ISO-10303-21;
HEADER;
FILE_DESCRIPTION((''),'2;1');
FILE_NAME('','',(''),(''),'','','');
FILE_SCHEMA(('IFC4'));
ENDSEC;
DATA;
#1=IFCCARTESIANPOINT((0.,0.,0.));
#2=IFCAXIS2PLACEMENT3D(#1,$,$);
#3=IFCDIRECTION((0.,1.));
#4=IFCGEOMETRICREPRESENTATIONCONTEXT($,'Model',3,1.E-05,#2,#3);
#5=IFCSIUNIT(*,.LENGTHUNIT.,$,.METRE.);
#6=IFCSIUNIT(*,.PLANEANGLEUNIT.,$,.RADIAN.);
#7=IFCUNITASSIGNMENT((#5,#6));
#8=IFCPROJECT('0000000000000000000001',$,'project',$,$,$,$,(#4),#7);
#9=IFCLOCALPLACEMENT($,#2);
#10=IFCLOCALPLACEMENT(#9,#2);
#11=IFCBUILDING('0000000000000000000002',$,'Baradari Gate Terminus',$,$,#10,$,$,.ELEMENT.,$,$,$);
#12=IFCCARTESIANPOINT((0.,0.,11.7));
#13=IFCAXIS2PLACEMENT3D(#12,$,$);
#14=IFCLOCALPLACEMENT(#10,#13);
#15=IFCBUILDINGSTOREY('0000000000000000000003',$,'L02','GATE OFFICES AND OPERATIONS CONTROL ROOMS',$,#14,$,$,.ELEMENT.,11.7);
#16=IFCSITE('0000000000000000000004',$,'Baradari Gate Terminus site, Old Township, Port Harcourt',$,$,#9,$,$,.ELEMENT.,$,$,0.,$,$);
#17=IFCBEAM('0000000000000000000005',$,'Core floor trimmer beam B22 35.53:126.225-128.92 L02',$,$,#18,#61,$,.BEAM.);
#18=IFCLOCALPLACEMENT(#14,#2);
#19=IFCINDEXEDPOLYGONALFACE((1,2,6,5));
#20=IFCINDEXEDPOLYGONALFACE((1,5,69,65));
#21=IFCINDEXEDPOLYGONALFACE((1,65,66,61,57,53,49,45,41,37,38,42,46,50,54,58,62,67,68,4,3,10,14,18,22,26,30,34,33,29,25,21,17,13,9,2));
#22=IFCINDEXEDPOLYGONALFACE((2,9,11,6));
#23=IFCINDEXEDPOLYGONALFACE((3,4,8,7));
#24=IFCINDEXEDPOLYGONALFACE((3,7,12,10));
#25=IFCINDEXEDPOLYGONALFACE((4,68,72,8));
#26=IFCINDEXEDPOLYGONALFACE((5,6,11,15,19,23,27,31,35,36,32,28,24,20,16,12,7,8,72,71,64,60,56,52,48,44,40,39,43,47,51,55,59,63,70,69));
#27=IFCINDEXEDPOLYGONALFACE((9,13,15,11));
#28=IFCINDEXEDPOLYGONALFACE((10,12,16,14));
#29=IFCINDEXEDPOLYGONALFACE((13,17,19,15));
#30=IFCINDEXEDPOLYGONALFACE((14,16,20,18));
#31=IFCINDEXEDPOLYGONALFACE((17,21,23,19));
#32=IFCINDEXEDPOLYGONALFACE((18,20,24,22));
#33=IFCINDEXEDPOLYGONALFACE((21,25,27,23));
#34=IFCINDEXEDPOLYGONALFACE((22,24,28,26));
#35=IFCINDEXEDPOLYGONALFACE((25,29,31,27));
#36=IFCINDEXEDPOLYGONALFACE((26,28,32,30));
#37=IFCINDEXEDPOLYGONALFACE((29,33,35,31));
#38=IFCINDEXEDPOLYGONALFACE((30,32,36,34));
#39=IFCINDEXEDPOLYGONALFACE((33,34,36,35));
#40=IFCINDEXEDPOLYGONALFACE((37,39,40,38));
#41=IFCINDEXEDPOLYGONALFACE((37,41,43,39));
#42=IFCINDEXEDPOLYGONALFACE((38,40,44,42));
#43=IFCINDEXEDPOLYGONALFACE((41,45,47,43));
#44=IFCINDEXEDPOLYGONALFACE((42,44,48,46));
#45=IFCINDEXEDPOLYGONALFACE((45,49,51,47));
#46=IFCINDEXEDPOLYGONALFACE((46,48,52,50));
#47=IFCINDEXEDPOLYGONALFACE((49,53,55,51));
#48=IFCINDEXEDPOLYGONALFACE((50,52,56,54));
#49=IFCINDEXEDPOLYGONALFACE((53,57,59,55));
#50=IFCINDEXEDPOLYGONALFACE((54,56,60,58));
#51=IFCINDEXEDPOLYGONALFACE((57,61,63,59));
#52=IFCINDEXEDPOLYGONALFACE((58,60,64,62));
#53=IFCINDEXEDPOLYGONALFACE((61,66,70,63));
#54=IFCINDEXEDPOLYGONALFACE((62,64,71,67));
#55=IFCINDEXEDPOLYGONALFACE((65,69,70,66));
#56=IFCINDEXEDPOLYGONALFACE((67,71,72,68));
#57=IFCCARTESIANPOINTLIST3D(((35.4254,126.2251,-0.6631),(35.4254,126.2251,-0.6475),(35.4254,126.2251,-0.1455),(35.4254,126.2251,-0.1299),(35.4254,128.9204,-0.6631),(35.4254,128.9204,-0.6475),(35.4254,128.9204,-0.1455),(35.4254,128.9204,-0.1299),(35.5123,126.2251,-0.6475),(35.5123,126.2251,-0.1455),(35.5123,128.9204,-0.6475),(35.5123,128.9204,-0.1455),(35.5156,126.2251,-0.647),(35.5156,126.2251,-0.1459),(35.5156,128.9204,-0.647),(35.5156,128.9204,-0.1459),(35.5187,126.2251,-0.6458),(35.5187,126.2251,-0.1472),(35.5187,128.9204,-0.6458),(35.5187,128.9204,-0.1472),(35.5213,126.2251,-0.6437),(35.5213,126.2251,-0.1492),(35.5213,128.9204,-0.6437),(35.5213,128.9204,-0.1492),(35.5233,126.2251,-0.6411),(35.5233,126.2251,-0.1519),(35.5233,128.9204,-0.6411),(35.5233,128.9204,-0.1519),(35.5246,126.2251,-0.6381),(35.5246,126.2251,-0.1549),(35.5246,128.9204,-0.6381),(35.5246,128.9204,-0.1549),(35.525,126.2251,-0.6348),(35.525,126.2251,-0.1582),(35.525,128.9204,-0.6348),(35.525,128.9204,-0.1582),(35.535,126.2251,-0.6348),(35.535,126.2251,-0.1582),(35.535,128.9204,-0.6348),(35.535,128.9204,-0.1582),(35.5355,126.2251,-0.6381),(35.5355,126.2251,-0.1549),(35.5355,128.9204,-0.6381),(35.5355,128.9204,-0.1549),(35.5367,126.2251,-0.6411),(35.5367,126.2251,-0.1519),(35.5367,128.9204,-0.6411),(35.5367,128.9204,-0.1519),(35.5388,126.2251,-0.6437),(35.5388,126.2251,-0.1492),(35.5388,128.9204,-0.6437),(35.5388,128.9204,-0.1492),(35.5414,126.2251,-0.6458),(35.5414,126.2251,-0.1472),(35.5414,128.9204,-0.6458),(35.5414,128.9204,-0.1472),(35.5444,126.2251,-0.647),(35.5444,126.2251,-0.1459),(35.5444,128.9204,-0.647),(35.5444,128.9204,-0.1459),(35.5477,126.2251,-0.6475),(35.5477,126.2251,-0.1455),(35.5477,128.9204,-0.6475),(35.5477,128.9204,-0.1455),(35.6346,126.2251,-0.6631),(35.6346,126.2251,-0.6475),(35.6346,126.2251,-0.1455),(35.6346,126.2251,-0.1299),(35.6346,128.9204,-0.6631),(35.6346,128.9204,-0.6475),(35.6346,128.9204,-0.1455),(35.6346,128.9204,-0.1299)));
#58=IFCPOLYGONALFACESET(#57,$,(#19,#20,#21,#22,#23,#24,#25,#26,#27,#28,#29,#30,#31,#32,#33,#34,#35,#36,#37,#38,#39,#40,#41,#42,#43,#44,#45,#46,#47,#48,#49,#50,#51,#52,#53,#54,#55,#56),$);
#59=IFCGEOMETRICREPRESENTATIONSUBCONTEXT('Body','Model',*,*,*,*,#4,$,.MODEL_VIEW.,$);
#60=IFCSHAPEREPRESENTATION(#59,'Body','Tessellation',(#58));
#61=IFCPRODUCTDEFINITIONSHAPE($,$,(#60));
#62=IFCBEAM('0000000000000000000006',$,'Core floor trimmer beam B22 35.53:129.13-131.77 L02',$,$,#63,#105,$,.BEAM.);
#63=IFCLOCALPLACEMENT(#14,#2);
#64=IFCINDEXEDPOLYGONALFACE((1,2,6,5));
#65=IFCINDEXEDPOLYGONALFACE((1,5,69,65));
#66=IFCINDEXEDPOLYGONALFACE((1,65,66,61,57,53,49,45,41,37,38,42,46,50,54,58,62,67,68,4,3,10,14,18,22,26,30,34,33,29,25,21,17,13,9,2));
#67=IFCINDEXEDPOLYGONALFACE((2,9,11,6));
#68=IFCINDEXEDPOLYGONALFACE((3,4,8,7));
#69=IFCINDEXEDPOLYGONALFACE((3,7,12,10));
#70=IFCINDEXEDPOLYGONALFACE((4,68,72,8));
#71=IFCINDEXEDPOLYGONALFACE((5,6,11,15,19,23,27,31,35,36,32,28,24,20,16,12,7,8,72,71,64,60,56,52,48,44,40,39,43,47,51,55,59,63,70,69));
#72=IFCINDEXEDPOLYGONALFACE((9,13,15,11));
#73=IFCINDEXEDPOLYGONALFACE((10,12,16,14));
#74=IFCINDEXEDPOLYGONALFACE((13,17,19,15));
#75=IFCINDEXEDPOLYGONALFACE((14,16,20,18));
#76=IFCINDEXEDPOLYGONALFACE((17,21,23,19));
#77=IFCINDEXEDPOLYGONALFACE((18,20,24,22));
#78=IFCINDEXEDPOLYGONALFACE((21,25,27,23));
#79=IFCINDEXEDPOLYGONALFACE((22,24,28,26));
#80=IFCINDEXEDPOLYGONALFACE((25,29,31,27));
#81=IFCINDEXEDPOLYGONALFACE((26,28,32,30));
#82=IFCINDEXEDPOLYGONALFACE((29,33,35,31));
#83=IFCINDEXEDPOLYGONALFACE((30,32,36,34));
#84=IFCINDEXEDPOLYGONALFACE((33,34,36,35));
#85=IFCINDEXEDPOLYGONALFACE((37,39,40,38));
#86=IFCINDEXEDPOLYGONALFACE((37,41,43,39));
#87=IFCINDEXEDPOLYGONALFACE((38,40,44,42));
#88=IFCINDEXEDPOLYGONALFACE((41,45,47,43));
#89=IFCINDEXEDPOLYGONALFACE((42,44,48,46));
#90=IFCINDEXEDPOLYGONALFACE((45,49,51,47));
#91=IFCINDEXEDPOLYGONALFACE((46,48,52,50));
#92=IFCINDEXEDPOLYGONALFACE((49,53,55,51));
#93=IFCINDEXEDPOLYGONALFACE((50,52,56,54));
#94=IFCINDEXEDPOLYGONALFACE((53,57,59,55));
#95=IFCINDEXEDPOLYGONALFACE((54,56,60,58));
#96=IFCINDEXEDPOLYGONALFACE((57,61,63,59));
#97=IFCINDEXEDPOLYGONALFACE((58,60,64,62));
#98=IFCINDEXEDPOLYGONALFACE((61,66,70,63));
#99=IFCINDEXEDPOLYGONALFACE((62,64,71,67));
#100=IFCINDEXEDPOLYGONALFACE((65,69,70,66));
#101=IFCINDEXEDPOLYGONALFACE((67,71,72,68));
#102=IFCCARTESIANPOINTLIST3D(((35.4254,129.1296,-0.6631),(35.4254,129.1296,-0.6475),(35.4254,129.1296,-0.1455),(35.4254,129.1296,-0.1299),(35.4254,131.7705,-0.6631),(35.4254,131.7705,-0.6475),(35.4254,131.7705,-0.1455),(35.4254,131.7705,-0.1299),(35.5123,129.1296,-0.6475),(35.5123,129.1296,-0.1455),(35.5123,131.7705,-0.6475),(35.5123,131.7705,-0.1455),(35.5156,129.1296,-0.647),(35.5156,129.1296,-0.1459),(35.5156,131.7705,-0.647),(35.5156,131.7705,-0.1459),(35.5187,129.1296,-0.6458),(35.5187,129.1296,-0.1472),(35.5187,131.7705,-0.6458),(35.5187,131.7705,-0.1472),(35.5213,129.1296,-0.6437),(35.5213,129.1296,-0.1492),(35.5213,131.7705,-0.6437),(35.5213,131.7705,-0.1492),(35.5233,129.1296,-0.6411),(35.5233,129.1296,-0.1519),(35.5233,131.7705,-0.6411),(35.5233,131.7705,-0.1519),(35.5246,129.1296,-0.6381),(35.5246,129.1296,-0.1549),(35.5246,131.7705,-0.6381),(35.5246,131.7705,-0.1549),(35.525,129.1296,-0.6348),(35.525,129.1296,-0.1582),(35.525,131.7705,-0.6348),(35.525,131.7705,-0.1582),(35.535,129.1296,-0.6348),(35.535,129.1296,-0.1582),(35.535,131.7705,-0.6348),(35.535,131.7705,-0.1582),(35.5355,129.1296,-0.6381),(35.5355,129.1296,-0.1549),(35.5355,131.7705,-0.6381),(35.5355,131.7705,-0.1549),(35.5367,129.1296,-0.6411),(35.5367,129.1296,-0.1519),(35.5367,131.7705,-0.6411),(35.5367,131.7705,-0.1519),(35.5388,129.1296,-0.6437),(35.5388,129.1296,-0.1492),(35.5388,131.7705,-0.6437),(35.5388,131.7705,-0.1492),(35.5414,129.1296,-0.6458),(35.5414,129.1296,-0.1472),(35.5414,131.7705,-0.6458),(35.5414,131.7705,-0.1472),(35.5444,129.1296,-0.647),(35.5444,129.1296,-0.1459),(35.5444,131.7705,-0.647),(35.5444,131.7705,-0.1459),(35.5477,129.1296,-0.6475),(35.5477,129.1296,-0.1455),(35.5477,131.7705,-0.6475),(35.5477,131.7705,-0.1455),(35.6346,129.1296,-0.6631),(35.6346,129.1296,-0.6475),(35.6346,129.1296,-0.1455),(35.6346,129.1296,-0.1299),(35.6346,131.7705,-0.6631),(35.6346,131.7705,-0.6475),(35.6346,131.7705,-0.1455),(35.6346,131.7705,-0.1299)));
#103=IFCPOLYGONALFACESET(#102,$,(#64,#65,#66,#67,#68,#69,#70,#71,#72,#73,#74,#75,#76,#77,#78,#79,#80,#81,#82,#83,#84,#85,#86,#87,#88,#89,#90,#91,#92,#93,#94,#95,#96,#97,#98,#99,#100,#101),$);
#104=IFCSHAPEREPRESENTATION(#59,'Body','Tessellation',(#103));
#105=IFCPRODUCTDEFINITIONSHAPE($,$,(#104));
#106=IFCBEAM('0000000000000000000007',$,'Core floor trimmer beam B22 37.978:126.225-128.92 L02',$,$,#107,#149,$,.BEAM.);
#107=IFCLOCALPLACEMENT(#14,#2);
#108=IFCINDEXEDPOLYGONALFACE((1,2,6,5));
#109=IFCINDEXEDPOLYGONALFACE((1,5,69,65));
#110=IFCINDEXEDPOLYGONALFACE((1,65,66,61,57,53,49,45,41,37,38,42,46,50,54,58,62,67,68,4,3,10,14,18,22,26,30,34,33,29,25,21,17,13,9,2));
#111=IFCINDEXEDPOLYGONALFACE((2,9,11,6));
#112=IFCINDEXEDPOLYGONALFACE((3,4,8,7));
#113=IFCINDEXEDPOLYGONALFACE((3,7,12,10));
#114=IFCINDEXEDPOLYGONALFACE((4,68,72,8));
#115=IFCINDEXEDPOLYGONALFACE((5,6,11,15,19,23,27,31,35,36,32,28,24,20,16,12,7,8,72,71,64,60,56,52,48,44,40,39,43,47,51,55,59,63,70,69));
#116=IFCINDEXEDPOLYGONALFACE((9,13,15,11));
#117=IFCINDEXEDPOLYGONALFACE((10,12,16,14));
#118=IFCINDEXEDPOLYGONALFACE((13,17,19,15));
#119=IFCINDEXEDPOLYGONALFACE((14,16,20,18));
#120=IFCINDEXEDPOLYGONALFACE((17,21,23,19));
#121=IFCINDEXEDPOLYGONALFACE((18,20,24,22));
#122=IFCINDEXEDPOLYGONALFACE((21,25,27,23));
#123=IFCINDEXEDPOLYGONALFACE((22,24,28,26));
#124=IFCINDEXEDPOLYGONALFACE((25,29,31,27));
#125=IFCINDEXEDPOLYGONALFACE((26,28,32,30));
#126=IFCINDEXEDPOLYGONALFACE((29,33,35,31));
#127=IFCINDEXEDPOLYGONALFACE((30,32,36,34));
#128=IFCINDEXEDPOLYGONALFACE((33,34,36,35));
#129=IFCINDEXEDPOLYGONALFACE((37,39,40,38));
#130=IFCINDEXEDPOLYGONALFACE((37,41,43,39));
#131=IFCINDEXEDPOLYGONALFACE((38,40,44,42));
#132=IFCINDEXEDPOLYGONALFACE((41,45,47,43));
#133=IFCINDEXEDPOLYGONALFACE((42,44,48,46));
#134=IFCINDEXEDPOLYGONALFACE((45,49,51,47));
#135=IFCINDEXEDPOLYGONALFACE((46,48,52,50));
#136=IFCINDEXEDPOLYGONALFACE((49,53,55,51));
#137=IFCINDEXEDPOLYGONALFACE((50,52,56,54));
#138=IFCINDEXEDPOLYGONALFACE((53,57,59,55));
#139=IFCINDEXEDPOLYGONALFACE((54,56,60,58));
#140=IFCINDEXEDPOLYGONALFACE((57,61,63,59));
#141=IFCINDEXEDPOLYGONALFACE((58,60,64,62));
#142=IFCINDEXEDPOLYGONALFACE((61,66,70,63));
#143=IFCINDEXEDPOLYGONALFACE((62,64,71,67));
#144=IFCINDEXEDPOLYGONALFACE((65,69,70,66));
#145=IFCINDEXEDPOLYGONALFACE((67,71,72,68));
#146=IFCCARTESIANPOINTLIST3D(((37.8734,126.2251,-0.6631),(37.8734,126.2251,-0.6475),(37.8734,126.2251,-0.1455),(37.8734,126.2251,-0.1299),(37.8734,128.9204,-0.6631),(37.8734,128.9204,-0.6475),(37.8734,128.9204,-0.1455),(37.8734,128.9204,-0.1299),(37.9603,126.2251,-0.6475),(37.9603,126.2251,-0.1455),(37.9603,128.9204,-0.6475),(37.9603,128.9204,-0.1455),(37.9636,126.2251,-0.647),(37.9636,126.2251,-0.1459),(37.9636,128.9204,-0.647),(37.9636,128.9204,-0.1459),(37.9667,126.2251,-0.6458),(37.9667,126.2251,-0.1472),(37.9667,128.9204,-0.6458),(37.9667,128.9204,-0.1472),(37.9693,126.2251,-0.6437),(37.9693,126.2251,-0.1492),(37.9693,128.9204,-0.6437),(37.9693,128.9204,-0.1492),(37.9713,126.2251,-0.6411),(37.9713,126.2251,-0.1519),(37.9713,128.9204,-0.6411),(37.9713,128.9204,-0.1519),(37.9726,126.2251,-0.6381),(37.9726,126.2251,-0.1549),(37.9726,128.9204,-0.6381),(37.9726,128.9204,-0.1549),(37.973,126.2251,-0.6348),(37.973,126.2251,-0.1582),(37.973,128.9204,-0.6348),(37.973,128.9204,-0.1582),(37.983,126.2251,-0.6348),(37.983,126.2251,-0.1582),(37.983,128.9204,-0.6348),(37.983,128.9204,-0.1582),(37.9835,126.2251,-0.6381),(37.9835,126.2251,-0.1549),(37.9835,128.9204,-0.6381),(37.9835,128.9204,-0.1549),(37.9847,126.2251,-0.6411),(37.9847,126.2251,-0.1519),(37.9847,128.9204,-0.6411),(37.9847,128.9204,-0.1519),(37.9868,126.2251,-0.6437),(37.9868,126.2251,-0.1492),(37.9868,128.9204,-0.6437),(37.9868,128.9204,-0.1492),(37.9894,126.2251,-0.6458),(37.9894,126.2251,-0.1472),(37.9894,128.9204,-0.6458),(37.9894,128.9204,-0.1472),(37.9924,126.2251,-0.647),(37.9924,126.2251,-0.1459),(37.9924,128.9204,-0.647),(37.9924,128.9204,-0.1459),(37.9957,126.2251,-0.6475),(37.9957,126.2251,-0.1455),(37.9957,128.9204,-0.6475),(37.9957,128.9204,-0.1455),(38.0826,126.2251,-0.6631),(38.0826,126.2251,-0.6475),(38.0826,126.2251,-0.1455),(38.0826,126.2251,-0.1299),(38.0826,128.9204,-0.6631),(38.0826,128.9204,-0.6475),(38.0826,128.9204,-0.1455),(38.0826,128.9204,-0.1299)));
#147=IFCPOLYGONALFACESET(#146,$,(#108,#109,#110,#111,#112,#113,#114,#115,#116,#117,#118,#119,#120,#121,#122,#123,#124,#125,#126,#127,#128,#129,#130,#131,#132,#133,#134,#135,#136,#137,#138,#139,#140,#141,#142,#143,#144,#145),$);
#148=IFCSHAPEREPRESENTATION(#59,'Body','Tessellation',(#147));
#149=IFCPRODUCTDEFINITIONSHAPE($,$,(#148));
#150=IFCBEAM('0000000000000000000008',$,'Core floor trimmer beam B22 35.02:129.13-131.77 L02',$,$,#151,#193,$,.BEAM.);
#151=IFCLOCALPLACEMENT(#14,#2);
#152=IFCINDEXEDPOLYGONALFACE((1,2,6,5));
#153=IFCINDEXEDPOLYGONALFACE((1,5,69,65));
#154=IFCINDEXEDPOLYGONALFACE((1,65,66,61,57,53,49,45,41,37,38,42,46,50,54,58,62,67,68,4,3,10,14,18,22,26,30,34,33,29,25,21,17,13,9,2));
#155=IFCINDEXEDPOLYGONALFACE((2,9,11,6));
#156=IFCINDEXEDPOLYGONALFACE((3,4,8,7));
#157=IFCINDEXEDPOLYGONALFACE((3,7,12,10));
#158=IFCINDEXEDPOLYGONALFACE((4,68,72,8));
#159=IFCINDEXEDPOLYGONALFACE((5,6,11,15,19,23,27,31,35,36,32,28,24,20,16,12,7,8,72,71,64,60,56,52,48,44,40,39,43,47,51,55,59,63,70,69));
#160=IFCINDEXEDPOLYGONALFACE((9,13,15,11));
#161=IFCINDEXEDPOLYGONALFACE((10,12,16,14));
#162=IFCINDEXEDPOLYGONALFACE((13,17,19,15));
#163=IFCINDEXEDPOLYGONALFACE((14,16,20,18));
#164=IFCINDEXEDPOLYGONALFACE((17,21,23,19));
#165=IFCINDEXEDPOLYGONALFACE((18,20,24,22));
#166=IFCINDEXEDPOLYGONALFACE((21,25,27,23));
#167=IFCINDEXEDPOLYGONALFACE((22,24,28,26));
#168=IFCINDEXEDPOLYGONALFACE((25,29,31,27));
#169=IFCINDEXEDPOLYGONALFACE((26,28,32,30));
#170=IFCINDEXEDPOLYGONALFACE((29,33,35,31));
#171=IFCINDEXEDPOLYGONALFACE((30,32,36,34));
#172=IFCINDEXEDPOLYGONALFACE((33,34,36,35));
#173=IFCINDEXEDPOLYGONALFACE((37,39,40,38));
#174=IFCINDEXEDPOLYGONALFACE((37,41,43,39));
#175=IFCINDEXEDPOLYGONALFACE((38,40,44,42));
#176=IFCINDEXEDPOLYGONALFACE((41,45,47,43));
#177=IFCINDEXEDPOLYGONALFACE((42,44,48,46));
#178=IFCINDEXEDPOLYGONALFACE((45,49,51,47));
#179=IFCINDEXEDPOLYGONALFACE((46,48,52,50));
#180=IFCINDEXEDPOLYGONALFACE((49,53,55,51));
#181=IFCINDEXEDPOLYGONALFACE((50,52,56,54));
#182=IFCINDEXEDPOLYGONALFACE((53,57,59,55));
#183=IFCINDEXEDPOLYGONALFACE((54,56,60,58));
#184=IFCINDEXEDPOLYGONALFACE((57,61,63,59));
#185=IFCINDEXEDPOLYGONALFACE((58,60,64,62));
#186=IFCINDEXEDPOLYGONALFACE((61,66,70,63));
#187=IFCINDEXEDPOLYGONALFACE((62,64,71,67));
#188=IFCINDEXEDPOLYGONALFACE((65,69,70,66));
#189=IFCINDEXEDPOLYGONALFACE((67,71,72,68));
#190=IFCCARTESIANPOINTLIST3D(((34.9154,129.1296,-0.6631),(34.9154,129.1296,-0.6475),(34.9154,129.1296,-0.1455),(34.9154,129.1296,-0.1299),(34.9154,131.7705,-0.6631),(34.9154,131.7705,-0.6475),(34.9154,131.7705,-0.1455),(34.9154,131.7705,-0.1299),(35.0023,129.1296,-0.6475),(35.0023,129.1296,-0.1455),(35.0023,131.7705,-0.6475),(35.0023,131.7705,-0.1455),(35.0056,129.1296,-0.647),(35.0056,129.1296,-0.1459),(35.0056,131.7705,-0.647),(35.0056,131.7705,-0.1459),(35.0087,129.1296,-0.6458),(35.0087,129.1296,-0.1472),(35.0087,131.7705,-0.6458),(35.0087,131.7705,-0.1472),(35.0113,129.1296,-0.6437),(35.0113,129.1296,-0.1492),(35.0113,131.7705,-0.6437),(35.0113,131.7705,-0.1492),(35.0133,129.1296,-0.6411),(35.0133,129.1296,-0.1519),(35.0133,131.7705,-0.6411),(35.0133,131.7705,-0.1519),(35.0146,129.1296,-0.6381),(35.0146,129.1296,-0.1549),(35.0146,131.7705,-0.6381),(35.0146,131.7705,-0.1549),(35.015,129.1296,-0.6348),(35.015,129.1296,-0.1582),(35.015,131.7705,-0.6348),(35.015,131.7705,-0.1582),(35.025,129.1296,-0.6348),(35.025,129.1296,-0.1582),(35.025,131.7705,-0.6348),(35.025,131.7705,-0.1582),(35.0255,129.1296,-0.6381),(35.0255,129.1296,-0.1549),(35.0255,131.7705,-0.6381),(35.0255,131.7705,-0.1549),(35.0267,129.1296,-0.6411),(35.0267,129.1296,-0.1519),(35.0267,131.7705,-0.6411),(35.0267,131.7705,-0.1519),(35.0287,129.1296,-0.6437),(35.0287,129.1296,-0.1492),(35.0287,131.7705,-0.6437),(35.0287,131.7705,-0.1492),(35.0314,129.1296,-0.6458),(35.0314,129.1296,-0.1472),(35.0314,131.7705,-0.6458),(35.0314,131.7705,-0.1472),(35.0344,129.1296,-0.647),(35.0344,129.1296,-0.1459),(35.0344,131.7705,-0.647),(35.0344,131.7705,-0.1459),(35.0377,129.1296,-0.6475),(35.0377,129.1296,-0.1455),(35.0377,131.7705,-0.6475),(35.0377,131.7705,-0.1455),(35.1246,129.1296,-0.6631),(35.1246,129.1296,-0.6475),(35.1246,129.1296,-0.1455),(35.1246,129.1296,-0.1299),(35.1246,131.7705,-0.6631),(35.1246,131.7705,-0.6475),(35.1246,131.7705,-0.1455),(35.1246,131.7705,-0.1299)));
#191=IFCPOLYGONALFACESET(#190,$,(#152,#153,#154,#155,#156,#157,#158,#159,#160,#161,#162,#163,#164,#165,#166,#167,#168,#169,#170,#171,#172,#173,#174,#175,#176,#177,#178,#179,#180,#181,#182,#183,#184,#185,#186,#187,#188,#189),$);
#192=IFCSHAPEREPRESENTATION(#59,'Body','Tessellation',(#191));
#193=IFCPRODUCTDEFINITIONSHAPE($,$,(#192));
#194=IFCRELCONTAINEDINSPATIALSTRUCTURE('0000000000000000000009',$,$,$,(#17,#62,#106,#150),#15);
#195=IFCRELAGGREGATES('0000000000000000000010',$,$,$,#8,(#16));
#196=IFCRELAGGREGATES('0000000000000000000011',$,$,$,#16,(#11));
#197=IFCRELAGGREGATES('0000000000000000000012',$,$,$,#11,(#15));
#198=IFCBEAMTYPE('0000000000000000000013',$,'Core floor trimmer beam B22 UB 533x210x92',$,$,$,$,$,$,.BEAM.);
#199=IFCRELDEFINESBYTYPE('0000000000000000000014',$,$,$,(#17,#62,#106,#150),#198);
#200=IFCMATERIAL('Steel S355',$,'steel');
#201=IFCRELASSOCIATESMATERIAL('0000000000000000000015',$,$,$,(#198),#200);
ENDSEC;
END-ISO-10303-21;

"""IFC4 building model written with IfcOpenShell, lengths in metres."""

from ifc_helpers import new_model, si_unit, direction, frame, origin, origin_2d, place, context, subcontext, project, spatial, i_section, extrude, material, material_profile, profile_set, type_object, element, save


model = new_model("IFC4")

# Units and contexts
model_context = context("Model", 3, precision=1e-05, world=origin(), true_north=direction((0.0, 1.0)))
body_context = subcontext(model_context, "Body", "Model", "MODEL_VIEW")
ifc_project = project(units=[si_unit("LENGTHUNIT", "METRE"), si_unit("PLANEANGLEUNIT", "RADIAN")], contexts=[model_context])

# Site, building, storey
site_placement = place(None, origin())
site = spatial("IfcSite", under=ifc_project, at=site_placement, Name="Baradari Gate Terminus site, Old Township, Port Harcourt", CompositionType="ELEMENT", RefElevation=0.0)
building_placement = place(site_placement, origin())
building = spatial("IfcBuilding", under=site, at=building_placement, Name="Baradari Gate Terminus", CompositionType="ELEMENT")
storey_placement = place(building_placement, frame((0.0, 0.0, 11.7)))
storey = spatial("IfcBuildingStorey", under=building, at=storey_placement, Name="L02", Description="GATE OFFICES AND OPERATIONS CONTROL ROOMS", CompositionType="ELEMENT", Elevation=11.7)

# Beams
ifc_material_1 = material(Name="Steel S355", Category="steel")
ifc_material_profile_1 = material_profile(ifc_material_1, i_section(OverallWidth=0.2092, OverallDepth=0.5332, WebThickness=0.01, FlangeThickness=0.0156, FilletRadius=0.0127, at=origin_2d()), Name="UB 533x210x92")
ifc_profile_set_1 = profile_set([ifc_material_profile_1], Name="Steel S355")
beam_type_1 = type_object("IfcBeamType", Name="Core floor trimmer beam B22 UB 533x210x92", PredefinedType="BEAM", material=ifc_profile_set_1)
beam_1_placement = place(storey_placement, frame((35.53, 126.2251, -0.3965), z_axis=(0.0, 1.0, 0.0), x_axis=(-1.0, 0.0, 0.0)))
element("IfcBeam", 1, at=beam_1_placement, inside=storey, type_object=beam_type_1, Name="Core floor trimmer beam B22 35.53:126.225-128.92 L02", PredefinedType="BEAM", context=body_context, shape_type="SweptSolid", body=[
    extrude(i_section(OverallWidth=0.2092, OverallDepth=0.5332, WebThickness=0.01, FlangeThickness=0.0156, FilletRadius=0.0127, at=origin_2d()), origin(), (0.0, 0.0, 1.0), 2.6953),
])
beam_2_placement = place(storey_placement, frame((35.53, 129.1296, -0.3965), z_axis=(0.0, 1.0, 0.0), x_axis=(-1.0, 0.0, 0.0)))
element("IfcBeam", 2, at=beam_2_placement, inside=storey, type_object=beam_type_1, Name="Core floor trimmer beam B22 35.53:129.13-131.77 L02", PredefinedType="BEAM", context=body_context, shape_type="SweptSolid", body=[
    extrude(i_section(OverallWidth=0.2092, OverallDepth=0.5332, WebThickness=0.01, FlangeThickness=0.0156, FilletRadius=0.0127, at=origin_2d()), origin(), (0.0, 0.0, 1.0), 2.6409),
])
beam_3_placement = place(storey_placement, frame((37.978, 126.2251, -0.3965), z_axis=(0.0, 1.0, 0.0), x_axis=(-1.0, 0.0, 0.0)))
element("IfcBeam", 3, at=beam_3_placement, inside=storey, type_object=beam_type_1, Name="Core floor trimmer beam B22 37.978:126.225-128.92 L02", PredefinedType="BEAM", context=body_context, shape_type="SweptSolid", body=[
    extrude(i_section(OverallWidth=0.2092, OverallDepth=0.5332, WebThickness=0.01, FlangeThickness=0.0156, FilletRadius=0.0127, at=origin_2d()), origin(), (0.0, 0.0, 1.0), 2.6953),
])
for number, where, z_axis, x_axis, name in (
    (4, (35.02, 129.1296, -0.3965), (0.0, 1.0, 0.0), (-1.0, 0.0, 0.0), "Core floor trimmer beam B22 35.02:129.13-131.77 L02"),
):
    element("IfcBeam", number, at=place(storey_placement, frame(where, z_axis=z_axis, x_axis=x_axis)), inside=storey, type_object=beam_type_1, Name=name, PredefinedType="BEAM", context=body_context, shape_type="SweptSolid", body=[
        extrude(i_section(OverallWidth=0.2092, OverallDepth=0.5332, WebThickness=0.01, FlangeThickness=0.0156, FilletRadius=0.0127, at=origin_2d()), origin(), (0.0, 0.0, 1.0), 2.6409),
    ])

save(model, "model.ifc")
